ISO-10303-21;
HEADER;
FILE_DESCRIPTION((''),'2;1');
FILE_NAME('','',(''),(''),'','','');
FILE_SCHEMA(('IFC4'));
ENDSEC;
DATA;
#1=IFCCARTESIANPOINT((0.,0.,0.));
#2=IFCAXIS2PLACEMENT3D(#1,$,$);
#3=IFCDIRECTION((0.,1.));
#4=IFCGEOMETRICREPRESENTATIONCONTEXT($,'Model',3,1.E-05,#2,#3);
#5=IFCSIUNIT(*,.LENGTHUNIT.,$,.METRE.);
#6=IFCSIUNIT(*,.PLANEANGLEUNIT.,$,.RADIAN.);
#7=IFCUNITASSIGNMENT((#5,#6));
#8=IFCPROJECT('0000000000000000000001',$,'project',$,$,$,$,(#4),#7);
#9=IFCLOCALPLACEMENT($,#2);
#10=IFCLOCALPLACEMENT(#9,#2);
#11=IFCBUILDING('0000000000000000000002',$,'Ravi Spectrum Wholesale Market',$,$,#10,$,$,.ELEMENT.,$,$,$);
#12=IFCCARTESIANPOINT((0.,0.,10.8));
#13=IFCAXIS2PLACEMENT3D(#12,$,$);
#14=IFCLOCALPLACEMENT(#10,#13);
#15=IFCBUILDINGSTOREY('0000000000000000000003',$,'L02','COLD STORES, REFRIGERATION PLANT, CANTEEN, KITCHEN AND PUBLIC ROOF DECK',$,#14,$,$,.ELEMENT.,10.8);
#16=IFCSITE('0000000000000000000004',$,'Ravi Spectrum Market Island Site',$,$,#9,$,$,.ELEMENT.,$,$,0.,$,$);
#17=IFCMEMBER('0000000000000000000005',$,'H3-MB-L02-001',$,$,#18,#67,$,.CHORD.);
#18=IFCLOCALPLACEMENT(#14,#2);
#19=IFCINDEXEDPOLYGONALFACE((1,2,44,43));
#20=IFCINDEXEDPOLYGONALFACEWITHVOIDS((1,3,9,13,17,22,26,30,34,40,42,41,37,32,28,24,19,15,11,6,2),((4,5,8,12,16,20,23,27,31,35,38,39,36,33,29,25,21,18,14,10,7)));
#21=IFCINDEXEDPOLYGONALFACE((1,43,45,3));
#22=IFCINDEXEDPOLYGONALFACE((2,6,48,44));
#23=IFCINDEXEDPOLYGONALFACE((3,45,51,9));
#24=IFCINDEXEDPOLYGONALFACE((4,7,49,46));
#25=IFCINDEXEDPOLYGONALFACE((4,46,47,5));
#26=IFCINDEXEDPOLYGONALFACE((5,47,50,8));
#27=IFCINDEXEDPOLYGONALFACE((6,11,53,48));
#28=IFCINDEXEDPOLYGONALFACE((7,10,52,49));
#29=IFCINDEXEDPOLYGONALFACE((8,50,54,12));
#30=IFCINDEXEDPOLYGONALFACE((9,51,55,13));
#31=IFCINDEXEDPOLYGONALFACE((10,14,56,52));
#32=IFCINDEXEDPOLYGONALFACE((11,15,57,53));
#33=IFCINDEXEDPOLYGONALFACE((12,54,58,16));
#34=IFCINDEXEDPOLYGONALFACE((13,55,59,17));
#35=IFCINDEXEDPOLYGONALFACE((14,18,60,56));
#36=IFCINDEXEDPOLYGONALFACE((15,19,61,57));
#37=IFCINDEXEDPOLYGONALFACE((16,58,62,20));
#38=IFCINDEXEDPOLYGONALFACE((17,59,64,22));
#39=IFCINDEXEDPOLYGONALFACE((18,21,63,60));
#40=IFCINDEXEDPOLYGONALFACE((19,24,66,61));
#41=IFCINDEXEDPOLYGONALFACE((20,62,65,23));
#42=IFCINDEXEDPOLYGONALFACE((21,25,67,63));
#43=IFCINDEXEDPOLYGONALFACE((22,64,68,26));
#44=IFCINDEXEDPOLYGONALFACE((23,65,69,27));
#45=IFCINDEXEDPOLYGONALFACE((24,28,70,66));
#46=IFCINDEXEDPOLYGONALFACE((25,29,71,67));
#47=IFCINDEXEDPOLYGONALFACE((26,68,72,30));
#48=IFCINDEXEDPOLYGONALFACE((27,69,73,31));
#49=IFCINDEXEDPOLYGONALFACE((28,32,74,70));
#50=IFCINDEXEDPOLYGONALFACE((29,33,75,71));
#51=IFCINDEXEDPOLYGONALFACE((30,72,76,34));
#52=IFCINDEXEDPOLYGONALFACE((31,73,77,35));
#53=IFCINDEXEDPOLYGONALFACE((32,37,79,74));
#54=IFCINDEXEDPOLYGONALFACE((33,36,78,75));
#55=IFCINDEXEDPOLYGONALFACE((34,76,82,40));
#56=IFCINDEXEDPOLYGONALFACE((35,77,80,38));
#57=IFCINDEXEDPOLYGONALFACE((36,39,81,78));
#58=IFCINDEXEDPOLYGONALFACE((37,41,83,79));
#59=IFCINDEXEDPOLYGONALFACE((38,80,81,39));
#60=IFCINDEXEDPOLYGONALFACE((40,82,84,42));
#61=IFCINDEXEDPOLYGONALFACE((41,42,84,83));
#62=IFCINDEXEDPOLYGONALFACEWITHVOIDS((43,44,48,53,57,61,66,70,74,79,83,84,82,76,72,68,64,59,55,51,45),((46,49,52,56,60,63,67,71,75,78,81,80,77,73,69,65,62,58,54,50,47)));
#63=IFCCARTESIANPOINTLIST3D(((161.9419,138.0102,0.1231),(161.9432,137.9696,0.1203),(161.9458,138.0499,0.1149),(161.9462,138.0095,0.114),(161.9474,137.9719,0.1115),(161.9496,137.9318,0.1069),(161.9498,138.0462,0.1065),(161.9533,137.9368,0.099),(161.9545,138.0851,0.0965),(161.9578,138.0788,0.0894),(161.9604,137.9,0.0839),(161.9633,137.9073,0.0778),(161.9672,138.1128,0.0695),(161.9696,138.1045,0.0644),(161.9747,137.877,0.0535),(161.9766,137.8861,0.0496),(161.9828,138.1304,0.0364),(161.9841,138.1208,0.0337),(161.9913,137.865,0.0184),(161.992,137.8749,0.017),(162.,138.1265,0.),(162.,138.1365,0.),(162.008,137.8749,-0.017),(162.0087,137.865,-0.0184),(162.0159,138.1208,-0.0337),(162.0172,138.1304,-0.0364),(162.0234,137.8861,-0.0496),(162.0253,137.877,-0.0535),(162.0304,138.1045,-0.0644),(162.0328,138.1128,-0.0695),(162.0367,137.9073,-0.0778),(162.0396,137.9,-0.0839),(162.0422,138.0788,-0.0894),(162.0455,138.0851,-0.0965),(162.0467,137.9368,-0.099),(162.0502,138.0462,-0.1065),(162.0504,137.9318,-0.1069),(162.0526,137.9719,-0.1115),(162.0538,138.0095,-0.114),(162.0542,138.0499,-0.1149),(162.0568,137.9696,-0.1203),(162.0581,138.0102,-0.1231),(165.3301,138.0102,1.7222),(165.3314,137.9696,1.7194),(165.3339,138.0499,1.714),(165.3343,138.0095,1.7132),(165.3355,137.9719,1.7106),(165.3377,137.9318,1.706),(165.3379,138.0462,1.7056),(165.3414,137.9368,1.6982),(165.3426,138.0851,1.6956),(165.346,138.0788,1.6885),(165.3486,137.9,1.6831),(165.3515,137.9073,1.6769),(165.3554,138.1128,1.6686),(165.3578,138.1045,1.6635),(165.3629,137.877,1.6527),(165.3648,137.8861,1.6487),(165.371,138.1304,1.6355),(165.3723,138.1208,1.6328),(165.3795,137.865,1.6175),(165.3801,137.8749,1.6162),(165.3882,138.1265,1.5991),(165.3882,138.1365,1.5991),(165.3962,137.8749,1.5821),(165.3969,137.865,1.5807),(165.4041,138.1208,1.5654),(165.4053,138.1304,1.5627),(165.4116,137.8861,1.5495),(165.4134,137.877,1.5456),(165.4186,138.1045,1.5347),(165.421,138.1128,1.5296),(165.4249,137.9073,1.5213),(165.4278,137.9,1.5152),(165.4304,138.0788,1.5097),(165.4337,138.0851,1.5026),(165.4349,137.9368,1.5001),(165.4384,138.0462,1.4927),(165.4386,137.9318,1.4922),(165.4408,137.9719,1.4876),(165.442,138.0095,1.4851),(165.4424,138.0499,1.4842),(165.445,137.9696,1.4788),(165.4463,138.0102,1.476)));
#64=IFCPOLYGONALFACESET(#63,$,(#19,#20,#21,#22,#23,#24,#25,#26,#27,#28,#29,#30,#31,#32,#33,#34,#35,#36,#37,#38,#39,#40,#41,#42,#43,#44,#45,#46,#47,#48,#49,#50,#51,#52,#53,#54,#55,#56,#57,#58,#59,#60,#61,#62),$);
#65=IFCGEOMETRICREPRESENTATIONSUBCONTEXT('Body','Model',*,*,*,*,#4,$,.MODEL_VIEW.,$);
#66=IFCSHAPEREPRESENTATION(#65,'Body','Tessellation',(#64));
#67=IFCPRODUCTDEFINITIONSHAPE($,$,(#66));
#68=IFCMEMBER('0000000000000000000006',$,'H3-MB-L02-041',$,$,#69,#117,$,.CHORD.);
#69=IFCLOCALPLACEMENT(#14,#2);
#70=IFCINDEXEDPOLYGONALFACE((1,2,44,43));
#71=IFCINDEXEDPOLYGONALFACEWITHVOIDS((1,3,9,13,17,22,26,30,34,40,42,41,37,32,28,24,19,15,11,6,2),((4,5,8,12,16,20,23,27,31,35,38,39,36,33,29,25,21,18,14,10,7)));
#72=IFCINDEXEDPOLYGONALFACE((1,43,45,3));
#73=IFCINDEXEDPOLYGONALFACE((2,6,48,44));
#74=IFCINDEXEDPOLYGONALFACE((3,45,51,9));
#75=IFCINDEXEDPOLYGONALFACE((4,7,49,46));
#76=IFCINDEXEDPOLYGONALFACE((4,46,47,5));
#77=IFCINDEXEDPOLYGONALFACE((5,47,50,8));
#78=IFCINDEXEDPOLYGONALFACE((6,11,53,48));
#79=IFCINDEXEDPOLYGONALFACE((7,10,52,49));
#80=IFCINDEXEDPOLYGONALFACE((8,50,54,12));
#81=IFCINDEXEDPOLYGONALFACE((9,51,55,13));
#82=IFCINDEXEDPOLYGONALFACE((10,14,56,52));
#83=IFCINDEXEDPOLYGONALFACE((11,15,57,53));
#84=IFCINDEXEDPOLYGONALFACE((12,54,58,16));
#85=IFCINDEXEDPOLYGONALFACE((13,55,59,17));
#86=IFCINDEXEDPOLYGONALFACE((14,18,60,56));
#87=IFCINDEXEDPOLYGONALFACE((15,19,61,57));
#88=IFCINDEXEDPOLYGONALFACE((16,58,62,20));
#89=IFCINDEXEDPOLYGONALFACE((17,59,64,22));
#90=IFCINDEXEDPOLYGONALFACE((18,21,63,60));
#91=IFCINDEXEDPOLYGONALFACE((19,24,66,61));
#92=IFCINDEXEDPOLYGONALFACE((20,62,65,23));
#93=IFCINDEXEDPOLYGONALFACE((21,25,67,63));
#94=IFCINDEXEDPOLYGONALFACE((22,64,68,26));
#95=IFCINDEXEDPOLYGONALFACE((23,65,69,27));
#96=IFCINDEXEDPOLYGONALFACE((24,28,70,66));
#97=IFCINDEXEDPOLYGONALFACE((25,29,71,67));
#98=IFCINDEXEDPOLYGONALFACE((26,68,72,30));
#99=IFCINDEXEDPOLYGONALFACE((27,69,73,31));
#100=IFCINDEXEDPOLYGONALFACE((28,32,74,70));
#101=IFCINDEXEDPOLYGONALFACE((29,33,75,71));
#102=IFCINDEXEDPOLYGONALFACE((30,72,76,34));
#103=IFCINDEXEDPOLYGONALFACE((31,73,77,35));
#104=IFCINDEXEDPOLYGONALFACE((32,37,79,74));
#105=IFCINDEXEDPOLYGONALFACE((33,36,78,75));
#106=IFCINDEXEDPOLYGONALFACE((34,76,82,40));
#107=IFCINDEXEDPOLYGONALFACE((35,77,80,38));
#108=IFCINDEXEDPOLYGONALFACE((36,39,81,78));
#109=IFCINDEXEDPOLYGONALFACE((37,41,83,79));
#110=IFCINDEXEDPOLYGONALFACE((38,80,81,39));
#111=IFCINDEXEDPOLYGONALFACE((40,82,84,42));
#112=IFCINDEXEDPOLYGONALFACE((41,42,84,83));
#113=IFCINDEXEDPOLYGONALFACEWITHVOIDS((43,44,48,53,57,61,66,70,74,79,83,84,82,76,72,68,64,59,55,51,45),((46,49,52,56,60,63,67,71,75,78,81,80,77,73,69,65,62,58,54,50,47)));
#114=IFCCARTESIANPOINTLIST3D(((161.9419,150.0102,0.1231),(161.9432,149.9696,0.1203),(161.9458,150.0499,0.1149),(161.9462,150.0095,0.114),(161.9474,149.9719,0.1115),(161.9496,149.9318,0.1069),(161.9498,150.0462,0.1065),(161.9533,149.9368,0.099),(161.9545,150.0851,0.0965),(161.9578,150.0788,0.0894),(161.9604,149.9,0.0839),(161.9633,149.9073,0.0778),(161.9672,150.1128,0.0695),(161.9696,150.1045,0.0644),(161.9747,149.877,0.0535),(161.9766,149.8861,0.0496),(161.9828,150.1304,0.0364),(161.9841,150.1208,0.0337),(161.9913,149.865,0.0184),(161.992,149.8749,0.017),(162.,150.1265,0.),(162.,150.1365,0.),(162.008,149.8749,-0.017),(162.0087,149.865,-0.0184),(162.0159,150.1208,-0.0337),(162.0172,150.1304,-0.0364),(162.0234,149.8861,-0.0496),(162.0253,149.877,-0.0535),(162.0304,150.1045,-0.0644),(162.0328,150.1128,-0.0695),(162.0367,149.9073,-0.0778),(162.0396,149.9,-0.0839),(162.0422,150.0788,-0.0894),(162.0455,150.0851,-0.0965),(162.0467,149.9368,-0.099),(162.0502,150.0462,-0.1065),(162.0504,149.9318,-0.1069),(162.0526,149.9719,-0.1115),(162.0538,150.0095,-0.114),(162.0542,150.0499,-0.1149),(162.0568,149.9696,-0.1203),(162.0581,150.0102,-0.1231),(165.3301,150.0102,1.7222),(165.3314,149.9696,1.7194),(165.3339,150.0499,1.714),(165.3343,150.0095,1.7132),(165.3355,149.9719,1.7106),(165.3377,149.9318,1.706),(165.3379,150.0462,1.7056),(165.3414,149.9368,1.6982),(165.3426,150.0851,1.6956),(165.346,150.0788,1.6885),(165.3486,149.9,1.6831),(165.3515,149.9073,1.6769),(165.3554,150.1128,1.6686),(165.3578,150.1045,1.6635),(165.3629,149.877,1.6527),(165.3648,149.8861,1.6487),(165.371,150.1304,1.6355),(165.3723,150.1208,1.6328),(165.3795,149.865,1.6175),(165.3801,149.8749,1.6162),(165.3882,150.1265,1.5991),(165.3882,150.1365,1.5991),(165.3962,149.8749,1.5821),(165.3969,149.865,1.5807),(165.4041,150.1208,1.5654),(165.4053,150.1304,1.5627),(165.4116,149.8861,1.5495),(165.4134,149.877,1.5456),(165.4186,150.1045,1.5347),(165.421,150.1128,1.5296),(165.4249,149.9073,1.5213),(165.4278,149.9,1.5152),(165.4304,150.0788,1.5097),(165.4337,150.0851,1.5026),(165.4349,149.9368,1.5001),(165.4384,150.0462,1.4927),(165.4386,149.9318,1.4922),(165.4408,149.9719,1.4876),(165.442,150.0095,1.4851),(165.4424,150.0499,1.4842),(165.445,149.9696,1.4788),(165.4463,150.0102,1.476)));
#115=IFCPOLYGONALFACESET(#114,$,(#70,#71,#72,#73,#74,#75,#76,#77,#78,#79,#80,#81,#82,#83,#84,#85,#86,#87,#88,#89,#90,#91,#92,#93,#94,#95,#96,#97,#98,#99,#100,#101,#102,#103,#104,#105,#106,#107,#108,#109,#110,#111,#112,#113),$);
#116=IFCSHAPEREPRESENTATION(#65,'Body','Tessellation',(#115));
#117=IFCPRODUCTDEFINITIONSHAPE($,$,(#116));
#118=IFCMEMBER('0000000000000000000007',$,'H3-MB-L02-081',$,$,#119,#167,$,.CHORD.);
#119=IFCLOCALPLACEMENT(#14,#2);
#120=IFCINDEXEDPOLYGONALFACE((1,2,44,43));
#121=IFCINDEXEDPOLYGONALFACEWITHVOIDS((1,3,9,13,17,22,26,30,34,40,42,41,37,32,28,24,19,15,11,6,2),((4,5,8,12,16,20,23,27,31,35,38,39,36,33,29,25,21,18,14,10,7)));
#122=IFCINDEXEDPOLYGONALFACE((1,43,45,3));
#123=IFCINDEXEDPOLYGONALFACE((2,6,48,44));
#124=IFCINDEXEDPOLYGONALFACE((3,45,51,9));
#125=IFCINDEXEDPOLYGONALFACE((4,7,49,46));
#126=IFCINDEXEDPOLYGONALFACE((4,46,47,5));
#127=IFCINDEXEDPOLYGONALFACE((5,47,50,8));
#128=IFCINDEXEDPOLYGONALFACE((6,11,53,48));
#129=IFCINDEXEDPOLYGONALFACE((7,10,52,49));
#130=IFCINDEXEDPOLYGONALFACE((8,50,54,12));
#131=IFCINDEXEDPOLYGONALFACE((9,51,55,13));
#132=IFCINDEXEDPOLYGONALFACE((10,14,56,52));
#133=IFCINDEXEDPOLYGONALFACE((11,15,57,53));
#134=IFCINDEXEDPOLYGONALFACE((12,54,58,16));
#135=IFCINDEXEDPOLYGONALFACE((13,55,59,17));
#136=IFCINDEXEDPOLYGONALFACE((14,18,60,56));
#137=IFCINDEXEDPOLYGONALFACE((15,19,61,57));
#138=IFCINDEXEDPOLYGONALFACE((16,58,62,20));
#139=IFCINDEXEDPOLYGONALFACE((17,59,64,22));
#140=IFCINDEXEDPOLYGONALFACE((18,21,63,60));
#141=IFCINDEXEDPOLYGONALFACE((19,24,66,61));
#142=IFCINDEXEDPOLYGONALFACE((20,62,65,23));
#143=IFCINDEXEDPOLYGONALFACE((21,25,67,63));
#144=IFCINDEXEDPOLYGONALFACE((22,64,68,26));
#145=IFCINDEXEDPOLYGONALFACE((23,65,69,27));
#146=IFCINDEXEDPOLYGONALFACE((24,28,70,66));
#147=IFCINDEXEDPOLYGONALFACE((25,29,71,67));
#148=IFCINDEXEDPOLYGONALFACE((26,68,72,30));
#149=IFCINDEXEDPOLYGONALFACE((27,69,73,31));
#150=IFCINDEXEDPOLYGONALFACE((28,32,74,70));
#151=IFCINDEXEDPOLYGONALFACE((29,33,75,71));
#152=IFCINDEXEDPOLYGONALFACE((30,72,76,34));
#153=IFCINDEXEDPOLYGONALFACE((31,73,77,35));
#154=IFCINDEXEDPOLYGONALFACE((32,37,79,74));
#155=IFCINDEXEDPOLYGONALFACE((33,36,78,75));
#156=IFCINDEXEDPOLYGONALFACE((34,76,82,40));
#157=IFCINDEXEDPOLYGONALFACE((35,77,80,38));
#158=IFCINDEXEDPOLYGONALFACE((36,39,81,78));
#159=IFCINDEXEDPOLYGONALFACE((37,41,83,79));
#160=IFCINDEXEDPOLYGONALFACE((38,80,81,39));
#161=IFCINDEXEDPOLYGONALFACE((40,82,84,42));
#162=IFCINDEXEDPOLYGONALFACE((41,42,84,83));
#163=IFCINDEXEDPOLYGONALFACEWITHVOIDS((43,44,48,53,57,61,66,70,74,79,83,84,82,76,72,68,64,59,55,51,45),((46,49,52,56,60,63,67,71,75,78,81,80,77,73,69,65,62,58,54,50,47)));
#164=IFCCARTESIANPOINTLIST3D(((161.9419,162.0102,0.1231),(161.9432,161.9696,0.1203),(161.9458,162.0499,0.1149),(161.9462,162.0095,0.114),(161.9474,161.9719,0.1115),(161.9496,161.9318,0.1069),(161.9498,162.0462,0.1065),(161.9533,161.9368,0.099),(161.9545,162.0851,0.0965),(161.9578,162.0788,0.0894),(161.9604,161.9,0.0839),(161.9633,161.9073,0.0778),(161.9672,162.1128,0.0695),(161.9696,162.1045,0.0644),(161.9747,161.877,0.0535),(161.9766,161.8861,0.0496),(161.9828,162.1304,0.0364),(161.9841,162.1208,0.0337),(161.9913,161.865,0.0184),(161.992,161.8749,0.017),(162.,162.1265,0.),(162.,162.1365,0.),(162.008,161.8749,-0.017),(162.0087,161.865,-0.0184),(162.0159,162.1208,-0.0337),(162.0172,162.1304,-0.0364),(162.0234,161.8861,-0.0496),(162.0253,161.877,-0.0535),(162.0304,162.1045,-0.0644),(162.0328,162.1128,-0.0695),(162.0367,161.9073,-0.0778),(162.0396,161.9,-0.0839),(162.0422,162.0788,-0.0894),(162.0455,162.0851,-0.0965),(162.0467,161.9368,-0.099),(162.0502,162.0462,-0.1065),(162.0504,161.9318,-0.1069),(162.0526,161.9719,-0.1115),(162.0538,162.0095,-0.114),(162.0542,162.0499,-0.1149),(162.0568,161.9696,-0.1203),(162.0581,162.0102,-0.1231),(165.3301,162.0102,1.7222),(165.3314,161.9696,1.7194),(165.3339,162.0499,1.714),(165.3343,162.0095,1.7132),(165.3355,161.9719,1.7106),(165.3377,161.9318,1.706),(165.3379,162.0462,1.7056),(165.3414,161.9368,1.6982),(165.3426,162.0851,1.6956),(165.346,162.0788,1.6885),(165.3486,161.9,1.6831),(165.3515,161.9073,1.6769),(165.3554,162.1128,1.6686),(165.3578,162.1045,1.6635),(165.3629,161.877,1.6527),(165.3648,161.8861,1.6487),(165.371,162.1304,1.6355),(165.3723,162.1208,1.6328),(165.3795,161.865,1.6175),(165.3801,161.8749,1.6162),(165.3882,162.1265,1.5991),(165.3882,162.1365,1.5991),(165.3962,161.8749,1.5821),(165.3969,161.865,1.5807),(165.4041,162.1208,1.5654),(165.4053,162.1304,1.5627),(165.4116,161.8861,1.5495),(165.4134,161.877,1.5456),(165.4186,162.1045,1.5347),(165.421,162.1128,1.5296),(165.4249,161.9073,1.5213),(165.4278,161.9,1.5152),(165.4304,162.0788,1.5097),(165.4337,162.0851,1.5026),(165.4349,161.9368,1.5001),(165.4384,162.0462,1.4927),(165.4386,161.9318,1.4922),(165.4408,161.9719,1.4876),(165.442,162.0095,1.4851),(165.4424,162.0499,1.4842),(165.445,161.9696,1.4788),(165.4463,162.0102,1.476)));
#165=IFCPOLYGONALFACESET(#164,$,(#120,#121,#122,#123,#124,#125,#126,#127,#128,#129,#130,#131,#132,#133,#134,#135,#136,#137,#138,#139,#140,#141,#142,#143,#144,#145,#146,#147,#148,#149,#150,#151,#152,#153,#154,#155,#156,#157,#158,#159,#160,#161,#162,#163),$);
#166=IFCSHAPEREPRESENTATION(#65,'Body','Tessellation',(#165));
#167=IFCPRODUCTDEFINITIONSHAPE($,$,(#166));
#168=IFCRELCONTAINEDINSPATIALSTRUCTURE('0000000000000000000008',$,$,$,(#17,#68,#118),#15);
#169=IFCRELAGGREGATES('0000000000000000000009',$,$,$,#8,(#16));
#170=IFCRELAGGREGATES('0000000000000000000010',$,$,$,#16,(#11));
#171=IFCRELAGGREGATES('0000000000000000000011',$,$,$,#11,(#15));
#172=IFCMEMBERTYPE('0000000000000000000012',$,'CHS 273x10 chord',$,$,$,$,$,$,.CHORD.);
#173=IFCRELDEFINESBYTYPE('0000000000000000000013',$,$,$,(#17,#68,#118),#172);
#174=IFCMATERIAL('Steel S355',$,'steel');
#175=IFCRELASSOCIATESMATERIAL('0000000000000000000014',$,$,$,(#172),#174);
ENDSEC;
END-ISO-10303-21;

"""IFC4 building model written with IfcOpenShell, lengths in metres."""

from ifc_helpers import new_model, si_unit, direction, frame, origin, origin_2d, place, context, subcontext, project, spatial, hollow_circle, extrude, material, material_profile, profile_set, type_object, element, save


model = new_model("IFC4")

# Units and contexts
model_context = context("Model", 3, precision=1e-05, world=origin(), true_north=direction((0.0, 1.0)))
body_context = subcontext(model_context, "Body", "Model", "MODEL_VIEW")
ifc_project = project(units=[si_unit("LENGTHUNIT", "METRE"), si_unit("PLANEANGLEUNIT", "RADIAN")], contexts=[model_context])

# Site, building, storey
site_placement = place(None, origin())
site = spatial("IfcSite", under=ifc_project, at=site_placement, Name="Ravi Spectrum Market Island Site", CompositionType="ELEMENT", RefElevation=0.0)
building_placement = place(site_placement, origin())
building = spatial("IfcBuilding", under=site, at=building_placement, Name="Ravi Spectrum Wholesale Market", CompositionType="ELEMENT")
storey_placement = place(building_placement, frame((0.0, 0.0, 10.8)))
storey = spatial("IfcBuildingStorey", under=building, at=storey_placement, Name="L02", Description="COLD STORES, REFRIGERATION PLANT, CANTEEN, KITCHEN AND PUBLIC ROOF DECK", CompositionType="ELEMENT", Elevation=10.8)

# Members
ifc_material_1 = material(Name="Steel S355", Category="steel")
ifc_material_profile_1 = material_profile(ifc_material_1, hollow_circle(Radius=0.1365, WallThickness=0.01, at=origin_2d()))
ifc_profile_set_1 = profile_set([ifc_material_profile_1], Name="Steel S355")
member_type_1 = type_object("IfcMemberType", Name="CHS 273x10 chord", PredefinedType="CHORD", material=ifc_profile_set_1)
for number, where, z_axis, x_axis, name in (
    (1, (162.0, 138.0, 0.0), (0.904337, 0.0, 0.42682), (0.0, 1.0, 0.0), "H3-MB-L02-001"),
    (2, (162.0, 150.0, 0.0), (0.904337, 0.0, 0.42682), (0.0, 1.0, 0.0), "H3-MB-L02-041"),
    (3, (162.0, 162.0, 0.0), (0.904337, 0.0, 0.42682), (0.0, 1.0, 0.0), "H3-MB-L02-081"),
):
    element("IfcMember", number, at=place(storey_placement, frame(where, z_axis=z_axis, x_axis=x_axis)), inside=storey, type_object=member_type_1, Name=name, PredefinedType="CHORD", context=body_context, shape_type="SweptSolid", body=[
        extrude(hollow_circle(Radius=0.1365, WallThickness=0.01, at=origin_2d()), origin(), (0.0, 0.0, 1.0), 3.7466),
    ])

save(model, "model.ifc")
